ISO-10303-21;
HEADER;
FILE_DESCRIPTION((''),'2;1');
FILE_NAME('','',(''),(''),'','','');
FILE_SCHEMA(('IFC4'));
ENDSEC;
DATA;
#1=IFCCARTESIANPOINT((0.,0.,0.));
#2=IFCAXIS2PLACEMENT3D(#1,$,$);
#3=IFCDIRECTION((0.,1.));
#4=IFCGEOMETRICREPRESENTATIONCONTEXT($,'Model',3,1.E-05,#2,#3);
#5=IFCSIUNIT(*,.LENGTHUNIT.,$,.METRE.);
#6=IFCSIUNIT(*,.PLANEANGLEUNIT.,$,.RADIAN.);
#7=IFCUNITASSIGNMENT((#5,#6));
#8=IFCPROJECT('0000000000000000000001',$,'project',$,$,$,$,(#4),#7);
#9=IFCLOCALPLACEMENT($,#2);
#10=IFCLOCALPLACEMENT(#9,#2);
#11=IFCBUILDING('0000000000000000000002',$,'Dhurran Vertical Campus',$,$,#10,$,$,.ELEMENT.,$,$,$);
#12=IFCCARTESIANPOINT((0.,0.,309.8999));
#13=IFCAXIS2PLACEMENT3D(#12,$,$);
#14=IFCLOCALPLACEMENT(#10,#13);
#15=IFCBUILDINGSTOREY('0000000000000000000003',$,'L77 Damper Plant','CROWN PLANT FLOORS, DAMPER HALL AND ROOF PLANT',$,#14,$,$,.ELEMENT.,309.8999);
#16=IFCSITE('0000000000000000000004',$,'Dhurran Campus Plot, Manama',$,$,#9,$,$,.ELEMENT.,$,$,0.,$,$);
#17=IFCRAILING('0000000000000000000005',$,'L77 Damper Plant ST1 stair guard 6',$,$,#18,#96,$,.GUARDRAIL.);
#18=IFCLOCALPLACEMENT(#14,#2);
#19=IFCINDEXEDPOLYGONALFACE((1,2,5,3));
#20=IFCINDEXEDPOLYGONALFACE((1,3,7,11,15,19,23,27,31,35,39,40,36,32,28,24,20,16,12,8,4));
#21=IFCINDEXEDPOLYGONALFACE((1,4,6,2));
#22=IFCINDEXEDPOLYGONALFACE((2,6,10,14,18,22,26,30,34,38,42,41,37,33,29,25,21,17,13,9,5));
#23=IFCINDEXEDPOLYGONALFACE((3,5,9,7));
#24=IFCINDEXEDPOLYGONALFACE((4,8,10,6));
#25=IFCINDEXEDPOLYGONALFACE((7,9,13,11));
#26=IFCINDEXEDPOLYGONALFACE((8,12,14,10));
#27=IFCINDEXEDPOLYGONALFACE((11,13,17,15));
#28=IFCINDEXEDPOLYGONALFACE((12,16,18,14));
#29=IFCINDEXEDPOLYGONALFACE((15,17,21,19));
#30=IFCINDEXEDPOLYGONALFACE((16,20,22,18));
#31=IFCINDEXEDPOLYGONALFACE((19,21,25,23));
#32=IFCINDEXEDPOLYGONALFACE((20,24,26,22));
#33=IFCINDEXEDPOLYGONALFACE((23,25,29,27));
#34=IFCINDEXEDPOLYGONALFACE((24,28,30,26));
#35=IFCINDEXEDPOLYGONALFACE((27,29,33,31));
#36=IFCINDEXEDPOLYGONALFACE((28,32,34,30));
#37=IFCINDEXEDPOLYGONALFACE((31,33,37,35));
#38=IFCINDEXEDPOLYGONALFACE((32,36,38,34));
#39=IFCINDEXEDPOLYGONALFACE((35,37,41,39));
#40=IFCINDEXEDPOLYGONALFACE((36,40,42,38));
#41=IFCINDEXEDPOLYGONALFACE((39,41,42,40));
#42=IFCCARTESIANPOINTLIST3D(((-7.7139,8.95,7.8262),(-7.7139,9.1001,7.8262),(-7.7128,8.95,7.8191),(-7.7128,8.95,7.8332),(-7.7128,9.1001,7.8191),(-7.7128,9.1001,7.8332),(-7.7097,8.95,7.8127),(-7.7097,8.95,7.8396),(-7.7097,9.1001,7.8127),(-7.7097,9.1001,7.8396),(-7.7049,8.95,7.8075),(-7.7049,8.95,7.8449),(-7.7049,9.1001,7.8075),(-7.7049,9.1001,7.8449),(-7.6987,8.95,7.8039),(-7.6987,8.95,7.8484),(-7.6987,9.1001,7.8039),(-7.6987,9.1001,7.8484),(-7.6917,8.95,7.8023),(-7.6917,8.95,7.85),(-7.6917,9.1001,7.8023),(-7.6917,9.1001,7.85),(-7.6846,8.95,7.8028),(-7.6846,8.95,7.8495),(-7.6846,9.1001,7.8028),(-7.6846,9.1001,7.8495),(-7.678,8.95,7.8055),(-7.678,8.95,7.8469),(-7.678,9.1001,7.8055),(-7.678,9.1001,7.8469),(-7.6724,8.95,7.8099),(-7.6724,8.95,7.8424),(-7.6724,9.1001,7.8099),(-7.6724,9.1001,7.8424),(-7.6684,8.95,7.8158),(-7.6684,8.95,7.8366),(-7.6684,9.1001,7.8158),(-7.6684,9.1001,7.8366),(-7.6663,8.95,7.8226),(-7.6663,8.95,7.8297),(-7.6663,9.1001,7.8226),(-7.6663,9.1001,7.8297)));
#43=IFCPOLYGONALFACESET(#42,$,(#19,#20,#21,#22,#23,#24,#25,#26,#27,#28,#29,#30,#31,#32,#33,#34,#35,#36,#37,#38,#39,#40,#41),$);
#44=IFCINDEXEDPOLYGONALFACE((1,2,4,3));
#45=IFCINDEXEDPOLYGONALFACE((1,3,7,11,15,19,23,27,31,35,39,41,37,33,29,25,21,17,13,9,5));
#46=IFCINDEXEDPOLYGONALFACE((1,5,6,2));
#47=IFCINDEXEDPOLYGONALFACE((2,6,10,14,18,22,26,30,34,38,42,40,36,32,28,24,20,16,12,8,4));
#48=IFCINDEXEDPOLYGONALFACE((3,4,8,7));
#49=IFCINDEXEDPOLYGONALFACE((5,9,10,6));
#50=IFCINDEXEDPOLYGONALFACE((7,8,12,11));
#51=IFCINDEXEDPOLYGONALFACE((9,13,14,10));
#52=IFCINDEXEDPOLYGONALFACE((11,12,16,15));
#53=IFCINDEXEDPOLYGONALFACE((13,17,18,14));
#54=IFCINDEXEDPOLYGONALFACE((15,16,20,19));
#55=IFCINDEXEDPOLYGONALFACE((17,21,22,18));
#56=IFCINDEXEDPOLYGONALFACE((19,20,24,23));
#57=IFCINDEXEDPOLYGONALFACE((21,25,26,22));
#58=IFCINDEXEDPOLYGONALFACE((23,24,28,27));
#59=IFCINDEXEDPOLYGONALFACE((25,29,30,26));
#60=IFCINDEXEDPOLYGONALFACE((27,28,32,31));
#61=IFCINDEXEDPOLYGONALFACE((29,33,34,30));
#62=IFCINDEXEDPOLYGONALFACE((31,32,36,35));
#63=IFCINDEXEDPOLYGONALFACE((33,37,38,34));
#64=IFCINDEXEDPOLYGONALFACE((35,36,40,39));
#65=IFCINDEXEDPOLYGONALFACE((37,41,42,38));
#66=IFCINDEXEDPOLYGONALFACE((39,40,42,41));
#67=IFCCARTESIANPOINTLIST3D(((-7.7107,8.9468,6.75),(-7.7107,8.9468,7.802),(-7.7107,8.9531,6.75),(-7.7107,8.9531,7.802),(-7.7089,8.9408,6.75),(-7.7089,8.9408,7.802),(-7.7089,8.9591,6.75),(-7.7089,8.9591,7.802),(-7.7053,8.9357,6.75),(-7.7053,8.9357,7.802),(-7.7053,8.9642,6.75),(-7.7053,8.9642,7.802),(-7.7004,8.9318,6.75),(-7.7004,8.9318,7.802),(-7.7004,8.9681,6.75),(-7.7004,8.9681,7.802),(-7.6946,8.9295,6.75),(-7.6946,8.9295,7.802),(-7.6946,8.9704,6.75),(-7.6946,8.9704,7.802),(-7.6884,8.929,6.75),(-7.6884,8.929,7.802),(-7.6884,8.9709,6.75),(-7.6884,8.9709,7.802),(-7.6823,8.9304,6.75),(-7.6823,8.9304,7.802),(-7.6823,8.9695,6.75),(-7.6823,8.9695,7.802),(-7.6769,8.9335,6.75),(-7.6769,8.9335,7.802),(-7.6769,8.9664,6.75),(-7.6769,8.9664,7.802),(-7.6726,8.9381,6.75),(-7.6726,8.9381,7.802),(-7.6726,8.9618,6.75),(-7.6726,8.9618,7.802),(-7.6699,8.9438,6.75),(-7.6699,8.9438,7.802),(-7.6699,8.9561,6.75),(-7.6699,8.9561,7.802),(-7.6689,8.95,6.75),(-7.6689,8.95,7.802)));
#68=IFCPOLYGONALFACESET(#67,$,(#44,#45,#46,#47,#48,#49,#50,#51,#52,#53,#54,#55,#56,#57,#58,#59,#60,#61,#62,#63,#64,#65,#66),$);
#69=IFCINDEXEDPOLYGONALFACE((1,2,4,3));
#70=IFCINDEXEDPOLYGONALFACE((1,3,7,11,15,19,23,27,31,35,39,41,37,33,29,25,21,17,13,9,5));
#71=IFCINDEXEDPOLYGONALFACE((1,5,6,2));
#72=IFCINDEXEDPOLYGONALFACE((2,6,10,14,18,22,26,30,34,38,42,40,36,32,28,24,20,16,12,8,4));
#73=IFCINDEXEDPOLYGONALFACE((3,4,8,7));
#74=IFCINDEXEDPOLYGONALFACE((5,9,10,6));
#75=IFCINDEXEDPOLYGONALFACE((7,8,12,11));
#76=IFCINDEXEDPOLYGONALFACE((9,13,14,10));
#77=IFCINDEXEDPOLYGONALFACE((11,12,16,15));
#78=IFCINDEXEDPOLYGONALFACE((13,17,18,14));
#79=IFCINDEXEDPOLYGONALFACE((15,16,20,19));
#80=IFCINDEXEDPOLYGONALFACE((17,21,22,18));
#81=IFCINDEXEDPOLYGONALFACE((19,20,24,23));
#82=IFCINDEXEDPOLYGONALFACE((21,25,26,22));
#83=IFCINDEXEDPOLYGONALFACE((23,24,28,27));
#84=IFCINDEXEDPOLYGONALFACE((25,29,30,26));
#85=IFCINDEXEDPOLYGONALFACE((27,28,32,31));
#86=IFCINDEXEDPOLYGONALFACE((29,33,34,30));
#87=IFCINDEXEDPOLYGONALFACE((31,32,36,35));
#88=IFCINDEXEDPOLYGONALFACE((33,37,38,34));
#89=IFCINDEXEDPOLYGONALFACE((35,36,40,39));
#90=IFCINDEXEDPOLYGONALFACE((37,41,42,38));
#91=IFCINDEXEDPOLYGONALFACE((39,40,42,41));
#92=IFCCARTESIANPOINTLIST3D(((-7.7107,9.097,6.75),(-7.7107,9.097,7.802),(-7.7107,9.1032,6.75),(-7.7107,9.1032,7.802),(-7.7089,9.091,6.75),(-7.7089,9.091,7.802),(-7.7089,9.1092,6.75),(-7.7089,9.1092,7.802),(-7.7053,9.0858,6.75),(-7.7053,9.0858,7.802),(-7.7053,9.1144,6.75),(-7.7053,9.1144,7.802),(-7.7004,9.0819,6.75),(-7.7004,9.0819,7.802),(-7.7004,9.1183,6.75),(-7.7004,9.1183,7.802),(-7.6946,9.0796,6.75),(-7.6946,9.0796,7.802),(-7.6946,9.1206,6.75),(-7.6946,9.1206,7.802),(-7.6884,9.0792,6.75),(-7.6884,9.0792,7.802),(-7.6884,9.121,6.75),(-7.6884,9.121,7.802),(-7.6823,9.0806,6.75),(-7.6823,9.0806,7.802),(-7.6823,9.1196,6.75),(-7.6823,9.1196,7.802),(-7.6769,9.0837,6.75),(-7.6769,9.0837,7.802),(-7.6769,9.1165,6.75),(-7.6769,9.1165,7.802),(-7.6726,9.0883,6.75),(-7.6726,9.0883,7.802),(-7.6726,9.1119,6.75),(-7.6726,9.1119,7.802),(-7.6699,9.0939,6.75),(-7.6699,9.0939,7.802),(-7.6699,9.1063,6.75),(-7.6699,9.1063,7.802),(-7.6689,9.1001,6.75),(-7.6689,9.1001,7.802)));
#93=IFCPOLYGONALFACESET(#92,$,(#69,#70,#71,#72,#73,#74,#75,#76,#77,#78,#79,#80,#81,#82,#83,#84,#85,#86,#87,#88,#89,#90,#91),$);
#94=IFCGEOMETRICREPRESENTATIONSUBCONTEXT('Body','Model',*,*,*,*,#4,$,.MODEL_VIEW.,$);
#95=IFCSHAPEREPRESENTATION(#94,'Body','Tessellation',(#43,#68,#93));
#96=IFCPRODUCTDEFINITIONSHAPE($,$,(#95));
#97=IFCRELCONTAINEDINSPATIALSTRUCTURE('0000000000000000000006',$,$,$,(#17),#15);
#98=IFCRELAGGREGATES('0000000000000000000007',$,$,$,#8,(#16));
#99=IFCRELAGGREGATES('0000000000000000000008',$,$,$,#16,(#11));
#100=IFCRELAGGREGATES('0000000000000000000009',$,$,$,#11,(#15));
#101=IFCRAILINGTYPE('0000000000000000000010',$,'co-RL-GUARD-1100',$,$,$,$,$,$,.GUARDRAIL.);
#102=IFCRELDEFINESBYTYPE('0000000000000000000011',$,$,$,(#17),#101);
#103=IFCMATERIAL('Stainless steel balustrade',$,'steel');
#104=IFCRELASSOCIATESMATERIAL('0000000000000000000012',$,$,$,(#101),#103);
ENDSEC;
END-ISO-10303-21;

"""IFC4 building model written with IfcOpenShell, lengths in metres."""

from ifc_helpers import new_model, si_unit, direction, frame, origin, origin_2d, place, context, subcontext, project, spatial, circle, extrude, material, type_object, element, save


model = new_model("IFC4")

# Units and contexts
model_context = context("Model", 3, precision=1e-05, world=origin(), true_north=direction((0.0, 1.0)))
body_context = subcontext(model_context, "Body", "Model", "MODEL_VIEW")
ifc_project = project(units=[si_unit("LENGTHUNIT", "METRE"), si_unit("PLANEANGLEUNIT", "RADIAN")], contexts=[model_context])

# Site, building, storey
site_placement = place(None, origin())
site = spatial("IfcSite", under=ifc_project, at=site_placement, Name="Dhurran Campus Plot, Manama", CompositionType="ELEMENT", RefElevation=0.0)
building_placement = place(site_placement, origin())
building = spatial("IfcBuilding", under=site, at=building_placement, Name="Dhurran Vertical Campus", CompositionType="ELEMENT")
storey_placement = place(building_placement, frame((0.0, 0.0, 309.8999)))
storey = spatial("IfcBuildingStorey", under=building, at=storey_placement, Name="L77 Damper Plant", Description="CROWN PLANT FLOORS, DAMPER HALL AND ROOF PLANT", CompositionType="ELEMENT", Elevation=309.8999)

# Railing
ifc_material_1 = material(Name="Stainless steel balustrade", Category="steel")
railing_type_1 = type_object("IfcRailingType", Name="co-RL-GUARD-1100", PredefinedType="GUARDRAIL", material=ifc_material_1)
railing_1_placement = place(storey_placement, frame((-7.6899, 8.95, 6.75)))
element("IfcRailing", 1, at=railing_1_placement, inside=storey, type_object=railing_type_1, Name="L77 Damper Plant ST1 stair guard 6", PredefinedType="GUARDRAIL", context=body_context, shape_type="SweptSolid", body=[
    extrude(circle(Radius=0.0239, at=origin_2d()), frame((0.0, 0.0, 1.0762), z_axis=(0.0, 1.0, 0.0), x_axis=(-1.0, 0.0, 0.0)), (0.0, 0.0, 1.0), 0.1501),
    extrude(circle(Radius=0.021, at=origin_2d()), origin(), (0.0, 0.0, 1.0), 1.052),
    extrude(circle(Radius=0.021, at=origin_2d()), frame((0.0, 0.1501, 0.0)), (0.0, 0.0, 1.0), 1.052),
])

save(model, "model.ifc")
